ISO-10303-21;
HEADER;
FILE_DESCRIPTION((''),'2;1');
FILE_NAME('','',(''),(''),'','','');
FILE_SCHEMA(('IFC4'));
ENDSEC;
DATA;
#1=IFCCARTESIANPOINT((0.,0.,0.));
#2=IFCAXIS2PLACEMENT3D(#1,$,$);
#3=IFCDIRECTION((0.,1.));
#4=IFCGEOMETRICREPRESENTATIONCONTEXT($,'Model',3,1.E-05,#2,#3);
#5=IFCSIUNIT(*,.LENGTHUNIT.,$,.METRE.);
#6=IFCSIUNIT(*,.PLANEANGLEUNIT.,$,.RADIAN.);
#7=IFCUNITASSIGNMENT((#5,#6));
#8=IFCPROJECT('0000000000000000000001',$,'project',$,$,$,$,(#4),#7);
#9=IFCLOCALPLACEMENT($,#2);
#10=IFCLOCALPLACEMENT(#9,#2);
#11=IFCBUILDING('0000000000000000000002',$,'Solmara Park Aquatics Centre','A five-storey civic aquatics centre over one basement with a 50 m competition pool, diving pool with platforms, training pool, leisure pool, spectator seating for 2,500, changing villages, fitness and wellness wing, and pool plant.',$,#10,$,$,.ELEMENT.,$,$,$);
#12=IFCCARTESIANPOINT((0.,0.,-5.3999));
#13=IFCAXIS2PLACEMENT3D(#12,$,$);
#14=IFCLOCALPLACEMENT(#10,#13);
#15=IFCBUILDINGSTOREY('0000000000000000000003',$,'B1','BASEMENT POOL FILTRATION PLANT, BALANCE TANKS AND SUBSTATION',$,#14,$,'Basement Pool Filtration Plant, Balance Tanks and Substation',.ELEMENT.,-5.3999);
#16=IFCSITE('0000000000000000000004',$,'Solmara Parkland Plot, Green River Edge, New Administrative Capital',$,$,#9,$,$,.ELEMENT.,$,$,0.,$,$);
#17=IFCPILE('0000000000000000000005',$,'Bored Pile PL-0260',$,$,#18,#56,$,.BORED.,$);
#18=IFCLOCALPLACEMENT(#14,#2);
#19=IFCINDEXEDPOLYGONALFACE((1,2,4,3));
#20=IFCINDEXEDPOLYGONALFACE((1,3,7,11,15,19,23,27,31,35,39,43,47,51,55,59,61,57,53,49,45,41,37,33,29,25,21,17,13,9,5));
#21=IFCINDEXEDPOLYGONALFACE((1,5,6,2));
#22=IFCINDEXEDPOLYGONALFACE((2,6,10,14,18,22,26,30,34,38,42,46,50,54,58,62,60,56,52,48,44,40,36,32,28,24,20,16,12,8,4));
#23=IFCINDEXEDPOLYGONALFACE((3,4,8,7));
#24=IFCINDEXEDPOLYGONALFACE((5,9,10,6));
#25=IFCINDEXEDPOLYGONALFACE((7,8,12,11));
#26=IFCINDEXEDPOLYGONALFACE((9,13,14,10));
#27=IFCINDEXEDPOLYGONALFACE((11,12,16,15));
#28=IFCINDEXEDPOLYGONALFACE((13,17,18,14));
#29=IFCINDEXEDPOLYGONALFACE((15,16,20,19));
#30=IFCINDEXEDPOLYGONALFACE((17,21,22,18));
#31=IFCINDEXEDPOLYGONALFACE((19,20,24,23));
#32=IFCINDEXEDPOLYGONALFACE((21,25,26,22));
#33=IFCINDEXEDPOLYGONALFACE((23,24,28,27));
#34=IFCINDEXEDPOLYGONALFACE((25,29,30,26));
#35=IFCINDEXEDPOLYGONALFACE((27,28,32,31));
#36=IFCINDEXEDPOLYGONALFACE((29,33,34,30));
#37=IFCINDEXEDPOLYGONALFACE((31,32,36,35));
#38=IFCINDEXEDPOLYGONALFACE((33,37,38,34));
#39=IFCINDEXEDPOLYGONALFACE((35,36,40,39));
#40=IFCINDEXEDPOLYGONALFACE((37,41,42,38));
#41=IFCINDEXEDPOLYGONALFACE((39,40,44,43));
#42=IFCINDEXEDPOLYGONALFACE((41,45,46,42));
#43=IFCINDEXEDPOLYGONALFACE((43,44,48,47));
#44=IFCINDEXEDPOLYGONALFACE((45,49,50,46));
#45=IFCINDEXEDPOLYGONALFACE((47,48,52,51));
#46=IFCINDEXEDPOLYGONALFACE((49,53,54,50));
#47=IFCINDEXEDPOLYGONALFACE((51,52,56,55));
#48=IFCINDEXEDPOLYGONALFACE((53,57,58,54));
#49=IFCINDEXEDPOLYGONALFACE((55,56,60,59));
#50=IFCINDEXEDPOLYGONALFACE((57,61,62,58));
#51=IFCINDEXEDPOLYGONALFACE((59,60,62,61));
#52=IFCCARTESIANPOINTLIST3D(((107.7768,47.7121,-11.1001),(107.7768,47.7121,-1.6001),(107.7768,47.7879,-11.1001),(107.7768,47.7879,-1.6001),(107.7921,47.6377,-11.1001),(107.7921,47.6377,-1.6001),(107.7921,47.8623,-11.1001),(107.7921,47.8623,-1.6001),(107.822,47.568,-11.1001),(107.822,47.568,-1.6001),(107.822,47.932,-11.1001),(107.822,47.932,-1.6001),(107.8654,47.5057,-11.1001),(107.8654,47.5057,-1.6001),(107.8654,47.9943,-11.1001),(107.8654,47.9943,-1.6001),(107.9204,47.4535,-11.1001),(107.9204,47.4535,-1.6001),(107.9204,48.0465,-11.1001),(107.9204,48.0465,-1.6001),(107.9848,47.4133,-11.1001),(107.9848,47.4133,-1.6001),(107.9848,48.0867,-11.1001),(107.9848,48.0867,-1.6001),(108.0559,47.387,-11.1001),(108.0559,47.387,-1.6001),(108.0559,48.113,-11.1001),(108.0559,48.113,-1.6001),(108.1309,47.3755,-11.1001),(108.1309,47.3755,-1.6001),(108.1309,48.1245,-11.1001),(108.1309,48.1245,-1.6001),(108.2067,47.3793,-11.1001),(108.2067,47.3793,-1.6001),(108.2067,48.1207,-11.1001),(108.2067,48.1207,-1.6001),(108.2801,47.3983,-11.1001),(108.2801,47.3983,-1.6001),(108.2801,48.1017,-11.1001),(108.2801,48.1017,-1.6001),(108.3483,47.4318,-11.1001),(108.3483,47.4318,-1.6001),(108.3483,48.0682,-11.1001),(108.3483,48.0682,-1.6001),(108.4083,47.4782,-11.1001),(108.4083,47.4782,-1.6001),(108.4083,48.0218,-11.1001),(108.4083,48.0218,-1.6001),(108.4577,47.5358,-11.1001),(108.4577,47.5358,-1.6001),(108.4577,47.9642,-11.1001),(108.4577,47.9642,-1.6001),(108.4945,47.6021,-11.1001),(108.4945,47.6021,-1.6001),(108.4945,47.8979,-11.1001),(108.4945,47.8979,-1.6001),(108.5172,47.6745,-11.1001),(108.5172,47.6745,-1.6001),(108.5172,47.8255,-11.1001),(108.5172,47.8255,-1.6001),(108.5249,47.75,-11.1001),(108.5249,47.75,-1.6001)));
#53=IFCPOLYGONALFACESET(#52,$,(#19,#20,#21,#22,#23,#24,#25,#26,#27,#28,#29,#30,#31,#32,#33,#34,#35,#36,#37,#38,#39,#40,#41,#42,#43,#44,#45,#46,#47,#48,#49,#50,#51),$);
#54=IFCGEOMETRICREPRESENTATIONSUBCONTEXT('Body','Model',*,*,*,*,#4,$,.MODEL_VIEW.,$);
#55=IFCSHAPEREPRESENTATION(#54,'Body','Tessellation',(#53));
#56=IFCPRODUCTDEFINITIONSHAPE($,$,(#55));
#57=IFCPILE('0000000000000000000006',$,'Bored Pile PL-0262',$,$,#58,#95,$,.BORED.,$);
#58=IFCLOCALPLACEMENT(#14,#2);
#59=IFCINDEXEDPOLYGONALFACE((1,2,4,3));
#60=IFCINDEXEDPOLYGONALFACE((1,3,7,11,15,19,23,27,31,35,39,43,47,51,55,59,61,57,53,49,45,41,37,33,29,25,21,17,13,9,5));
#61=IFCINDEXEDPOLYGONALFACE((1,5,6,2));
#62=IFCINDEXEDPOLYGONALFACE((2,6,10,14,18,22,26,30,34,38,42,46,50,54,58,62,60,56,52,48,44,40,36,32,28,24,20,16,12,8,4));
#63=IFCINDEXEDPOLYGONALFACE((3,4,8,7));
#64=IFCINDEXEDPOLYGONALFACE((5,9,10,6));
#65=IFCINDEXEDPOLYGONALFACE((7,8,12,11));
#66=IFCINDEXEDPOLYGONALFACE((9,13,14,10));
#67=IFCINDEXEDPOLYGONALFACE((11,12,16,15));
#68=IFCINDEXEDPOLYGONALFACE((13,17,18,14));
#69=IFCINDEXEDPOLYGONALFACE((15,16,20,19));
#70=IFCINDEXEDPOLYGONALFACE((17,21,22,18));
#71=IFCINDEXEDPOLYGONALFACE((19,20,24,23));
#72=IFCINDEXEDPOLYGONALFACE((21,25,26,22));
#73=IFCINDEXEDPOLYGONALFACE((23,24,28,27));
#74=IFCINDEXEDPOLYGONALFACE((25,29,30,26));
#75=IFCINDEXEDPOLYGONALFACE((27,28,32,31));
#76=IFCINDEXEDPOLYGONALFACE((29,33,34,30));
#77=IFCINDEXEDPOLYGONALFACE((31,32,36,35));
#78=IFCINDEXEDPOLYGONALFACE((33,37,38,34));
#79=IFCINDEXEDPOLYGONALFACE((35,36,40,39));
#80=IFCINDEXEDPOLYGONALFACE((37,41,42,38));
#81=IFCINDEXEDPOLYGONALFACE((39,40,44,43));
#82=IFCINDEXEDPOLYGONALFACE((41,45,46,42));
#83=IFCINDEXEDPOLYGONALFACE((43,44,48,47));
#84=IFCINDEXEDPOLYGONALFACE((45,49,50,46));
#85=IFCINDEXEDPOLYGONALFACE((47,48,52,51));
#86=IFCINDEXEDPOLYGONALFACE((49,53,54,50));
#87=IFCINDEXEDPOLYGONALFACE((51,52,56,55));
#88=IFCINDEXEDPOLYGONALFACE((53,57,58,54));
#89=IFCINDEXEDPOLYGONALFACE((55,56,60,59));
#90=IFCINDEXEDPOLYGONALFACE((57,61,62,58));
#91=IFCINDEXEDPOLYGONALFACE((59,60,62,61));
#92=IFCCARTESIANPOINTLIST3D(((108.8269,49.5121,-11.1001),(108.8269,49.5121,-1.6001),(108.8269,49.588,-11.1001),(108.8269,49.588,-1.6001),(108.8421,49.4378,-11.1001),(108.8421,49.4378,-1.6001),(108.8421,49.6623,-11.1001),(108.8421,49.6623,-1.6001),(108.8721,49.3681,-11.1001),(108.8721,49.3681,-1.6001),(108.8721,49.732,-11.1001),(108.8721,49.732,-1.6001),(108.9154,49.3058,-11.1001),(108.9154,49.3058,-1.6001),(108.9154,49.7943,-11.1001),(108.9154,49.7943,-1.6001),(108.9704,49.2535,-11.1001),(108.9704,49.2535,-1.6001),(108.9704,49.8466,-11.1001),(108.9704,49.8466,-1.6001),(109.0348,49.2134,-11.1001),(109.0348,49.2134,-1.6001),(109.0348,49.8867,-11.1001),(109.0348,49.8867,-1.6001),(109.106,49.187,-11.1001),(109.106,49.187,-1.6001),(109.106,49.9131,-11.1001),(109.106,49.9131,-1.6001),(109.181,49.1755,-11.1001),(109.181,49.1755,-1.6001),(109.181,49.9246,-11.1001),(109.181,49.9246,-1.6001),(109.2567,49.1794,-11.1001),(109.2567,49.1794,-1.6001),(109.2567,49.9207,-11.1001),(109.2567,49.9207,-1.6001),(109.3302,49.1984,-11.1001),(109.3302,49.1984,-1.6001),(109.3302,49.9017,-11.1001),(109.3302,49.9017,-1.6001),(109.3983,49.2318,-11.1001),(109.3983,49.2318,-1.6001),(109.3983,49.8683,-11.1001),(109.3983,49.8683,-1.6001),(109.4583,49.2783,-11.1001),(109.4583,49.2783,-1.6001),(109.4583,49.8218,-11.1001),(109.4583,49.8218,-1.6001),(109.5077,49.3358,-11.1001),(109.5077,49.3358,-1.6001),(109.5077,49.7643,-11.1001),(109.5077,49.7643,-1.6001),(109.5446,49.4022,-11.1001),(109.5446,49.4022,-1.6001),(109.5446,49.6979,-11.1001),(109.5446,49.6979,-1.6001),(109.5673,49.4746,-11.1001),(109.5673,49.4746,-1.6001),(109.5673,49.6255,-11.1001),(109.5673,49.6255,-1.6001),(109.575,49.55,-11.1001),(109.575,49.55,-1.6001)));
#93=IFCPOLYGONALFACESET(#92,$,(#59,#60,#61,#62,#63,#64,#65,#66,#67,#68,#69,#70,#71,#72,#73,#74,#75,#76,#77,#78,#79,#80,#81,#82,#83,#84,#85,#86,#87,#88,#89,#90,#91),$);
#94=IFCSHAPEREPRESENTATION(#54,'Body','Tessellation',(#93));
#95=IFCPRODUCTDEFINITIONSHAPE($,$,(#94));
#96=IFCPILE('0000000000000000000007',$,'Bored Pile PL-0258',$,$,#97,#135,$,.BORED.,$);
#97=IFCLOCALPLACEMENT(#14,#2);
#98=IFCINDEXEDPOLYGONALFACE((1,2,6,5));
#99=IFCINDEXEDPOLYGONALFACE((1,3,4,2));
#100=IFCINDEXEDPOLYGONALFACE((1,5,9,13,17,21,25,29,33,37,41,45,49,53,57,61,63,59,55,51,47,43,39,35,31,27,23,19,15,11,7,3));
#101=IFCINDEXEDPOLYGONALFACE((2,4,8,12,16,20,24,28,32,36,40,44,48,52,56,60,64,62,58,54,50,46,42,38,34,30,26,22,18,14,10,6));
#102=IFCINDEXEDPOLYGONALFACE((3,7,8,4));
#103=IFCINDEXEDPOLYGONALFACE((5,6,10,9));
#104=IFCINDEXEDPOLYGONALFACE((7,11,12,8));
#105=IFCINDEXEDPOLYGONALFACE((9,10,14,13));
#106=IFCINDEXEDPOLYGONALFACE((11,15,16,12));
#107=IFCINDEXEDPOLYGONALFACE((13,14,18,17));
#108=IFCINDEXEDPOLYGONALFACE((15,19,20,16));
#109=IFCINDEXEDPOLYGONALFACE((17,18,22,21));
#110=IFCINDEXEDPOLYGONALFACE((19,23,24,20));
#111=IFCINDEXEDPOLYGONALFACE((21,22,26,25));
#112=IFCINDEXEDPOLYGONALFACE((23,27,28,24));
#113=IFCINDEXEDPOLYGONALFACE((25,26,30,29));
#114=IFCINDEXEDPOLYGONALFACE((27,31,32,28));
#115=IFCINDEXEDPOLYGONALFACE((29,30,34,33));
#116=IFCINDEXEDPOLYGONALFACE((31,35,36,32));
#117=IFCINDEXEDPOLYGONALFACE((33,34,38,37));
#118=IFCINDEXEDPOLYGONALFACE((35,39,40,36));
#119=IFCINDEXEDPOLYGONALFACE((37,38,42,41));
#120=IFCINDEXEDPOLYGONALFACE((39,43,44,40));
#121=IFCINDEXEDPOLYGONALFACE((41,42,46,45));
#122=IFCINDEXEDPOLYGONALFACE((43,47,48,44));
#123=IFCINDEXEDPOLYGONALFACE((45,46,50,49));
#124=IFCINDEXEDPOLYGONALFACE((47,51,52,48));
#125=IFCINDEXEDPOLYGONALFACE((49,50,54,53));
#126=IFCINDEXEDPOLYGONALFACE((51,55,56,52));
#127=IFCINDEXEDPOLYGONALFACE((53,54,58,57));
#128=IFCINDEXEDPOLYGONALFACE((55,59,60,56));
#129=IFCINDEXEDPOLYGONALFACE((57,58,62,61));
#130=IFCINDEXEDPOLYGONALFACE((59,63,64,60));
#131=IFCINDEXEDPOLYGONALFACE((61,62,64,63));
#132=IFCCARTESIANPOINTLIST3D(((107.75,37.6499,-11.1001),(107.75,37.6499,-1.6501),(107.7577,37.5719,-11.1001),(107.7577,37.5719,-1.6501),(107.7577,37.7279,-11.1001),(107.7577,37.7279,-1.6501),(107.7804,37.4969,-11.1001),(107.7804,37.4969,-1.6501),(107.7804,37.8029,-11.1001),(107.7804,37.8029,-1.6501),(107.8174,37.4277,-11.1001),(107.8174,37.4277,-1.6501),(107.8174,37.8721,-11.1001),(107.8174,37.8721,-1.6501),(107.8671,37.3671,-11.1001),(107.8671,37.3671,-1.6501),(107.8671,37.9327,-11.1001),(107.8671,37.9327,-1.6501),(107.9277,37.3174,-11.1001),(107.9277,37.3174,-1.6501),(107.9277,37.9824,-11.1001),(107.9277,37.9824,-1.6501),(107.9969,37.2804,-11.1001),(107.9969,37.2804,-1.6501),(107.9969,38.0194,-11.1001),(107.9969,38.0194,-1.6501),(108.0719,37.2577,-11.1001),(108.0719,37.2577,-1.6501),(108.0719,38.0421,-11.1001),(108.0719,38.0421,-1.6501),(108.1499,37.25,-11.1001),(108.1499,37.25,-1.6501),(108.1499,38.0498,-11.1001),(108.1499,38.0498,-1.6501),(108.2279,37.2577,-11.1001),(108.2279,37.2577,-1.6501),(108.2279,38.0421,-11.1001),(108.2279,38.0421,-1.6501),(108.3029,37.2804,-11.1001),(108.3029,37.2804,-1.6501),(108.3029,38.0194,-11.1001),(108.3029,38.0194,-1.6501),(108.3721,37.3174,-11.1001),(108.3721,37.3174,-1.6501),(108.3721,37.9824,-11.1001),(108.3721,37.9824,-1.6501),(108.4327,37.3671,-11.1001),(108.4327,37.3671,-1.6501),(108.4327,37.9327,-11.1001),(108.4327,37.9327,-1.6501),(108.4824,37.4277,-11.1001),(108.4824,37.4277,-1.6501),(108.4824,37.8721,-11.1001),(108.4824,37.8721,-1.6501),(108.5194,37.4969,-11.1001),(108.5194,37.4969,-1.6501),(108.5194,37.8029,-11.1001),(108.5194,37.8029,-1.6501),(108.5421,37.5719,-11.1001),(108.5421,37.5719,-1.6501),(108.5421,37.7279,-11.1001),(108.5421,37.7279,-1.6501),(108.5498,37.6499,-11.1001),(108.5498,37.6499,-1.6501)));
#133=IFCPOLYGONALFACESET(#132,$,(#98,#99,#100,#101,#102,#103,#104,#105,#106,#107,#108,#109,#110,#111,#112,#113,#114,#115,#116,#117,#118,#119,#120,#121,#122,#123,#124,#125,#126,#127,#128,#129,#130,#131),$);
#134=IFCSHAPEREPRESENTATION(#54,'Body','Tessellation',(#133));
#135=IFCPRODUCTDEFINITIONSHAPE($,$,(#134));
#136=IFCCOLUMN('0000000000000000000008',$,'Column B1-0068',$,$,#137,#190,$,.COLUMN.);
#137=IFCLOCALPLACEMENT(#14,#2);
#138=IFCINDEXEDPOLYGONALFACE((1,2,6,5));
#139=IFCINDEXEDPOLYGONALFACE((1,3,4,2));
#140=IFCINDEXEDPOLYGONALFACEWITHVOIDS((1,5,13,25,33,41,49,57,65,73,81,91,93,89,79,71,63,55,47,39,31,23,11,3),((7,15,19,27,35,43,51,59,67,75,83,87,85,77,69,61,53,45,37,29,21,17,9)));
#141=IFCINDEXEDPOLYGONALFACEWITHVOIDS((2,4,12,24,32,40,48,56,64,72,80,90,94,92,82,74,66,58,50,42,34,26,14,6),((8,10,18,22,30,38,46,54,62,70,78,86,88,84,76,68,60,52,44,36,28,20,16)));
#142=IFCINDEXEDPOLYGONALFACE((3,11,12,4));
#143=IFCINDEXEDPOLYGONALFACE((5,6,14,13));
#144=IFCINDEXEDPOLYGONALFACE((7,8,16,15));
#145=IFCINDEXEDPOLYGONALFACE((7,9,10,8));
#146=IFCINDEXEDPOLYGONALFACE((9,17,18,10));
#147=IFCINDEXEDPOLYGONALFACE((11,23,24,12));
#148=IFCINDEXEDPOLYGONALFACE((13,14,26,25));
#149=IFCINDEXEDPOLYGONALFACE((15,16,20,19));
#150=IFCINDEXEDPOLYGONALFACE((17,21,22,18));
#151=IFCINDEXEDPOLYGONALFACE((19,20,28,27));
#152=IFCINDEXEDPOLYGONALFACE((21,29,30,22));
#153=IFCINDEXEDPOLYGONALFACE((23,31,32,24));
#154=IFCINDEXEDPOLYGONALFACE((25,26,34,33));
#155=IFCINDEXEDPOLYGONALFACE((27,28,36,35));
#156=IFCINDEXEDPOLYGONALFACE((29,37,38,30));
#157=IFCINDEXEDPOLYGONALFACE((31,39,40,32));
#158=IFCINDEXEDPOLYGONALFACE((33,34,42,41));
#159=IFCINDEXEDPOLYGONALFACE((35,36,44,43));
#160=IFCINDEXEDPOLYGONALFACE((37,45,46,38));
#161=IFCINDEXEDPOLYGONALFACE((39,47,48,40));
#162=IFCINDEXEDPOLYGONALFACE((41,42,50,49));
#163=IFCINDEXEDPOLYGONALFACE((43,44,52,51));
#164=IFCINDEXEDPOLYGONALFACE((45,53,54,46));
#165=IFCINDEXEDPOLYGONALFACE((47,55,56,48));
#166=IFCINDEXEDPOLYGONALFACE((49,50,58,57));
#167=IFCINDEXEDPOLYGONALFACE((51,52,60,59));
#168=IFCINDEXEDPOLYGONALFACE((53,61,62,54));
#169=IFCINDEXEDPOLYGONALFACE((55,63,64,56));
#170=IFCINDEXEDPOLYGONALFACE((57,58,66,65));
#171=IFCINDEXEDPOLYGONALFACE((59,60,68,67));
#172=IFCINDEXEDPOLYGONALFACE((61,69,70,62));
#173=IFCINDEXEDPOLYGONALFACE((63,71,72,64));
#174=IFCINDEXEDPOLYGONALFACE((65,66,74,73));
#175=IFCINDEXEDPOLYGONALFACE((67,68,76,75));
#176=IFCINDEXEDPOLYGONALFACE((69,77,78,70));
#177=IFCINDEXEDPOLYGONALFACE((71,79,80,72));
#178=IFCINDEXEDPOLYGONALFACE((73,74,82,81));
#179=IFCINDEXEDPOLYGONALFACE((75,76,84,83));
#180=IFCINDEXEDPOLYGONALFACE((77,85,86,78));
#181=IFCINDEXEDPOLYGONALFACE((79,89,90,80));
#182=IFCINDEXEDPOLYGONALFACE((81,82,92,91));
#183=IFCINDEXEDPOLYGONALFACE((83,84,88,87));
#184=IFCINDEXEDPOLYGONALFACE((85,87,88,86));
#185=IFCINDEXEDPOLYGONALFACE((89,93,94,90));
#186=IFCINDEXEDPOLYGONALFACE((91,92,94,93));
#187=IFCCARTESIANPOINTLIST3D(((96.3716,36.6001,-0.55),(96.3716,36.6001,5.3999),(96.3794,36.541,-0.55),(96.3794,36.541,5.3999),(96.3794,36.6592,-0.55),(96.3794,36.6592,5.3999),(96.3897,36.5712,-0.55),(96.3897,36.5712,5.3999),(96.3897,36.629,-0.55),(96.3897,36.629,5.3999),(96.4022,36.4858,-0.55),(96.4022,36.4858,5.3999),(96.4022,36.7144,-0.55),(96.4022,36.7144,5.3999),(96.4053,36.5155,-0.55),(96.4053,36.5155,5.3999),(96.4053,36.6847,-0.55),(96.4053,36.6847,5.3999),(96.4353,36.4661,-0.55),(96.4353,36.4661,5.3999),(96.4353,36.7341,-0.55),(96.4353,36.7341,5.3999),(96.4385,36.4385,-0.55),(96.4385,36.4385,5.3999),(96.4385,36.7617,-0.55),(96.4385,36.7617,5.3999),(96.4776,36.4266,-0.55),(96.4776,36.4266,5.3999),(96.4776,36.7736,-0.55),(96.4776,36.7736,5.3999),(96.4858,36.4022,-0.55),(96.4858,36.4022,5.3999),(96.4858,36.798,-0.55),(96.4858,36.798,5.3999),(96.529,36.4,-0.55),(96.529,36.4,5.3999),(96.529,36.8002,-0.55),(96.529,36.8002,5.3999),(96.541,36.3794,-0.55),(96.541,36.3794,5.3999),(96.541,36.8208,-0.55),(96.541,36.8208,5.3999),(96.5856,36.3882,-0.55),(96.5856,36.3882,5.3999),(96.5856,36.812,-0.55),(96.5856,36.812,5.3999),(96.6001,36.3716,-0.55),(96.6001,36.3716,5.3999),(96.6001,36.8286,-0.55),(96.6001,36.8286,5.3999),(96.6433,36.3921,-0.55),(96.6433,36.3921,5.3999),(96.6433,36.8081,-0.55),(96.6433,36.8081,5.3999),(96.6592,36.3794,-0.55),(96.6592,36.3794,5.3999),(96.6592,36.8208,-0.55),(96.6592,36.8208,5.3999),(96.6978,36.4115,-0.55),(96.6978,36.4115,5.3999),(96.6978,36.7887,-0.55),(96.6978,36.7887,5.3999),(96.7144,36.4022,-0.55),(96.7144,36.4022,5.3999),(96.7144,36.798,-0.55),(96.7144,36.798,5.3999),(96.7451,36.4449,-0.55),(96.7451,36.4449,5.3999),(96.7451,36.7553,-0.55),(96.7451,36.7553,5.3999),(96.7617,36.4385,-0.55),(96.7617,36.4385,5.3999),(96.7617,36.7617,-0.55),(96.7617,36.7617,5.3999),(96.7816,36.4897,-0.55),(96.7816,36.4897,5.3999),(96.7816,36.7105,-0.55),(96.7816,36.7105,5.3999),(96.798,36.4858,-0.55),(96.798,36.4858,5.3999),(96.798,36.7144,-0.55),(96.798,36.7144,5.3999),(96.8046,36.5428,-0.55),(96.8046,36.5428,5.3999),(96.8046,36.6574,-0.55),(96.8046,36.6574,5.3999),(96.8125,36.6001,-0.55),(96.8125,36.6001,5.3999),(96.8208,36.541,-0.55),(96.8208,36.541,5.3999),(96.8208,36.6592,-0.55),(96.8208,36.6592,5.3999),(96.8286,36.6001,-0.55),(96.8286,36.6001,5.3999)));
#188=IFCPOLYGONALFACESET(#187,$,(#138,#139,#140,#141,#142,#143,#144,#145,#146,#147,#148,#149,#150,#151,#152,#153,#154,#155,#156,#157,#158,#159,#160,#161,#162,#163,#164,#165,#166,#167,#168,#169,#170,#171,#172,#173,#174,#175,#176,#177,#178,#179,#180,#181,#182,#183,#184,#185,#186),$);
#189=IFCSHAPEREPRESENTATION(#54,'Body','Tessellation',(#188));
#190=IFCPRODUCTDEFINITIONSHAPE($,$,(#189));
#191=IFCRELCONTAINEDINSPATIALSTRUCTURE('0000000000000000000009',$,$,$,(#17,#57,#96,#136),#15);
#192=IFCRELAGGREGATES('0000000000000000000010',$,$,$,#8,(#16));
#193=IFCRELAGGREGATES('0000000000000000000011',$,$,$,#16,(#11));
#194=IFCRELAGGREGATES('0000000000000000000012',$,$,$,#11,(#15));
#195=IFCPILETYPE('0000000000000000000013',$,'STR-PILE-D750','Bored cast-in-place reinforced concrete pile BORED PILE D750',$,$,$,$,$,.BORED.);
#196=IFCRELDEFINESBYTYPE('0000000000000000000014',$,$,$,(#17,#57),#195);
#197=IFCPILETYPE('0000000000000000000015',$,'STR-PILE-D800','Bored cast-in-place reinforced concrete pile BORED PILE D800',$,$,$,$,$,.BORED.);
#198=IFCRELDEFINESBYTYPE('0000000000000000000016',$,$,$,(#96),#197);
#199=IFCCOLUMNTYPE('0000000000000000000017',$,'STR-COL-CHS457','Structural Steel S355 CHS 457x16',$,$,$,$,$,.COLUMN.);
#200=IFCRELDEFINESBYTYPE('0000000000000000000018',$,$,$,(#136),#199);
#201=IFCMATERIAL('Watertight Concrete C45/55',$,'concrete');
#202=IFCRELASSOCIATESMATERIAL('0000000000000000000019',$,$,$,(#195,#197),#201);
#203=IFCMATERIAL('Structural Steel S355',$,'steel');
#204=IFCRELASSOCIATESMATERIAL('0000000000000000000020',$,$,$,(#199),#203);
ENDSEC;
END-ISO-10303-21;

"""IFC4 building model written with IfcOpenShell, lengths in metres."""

from ifc_helpers import new_model, si_unit, direction, frame, origin, origin_2d, place, context, subcontext, project, spatial, circle, hollow_circle, extrude, material, material_profile, profile_set, type_object, element, save


model = new_model("IFC4")

# Units and contexts
model_context = context("Model", 3, precision=1e-05, world=origin(), true_north=direction((0.0, 1.0)))
body_context = subcontext(model_context, "Body", "Model", "MODEL_VIEW")
ifc_project = project(units=[si_unit("LENGTHUNIT", "METRE"), si_unit("PLANEANGLEUNIT", "RADIAN")], contexts=[model_context])

# Site, building, storey
site_placement = place(None, origin())
site = spatial("IfcSite", under=ifc_project, at=site_placement, Name="Solmara Parkland Plot, Green River Edge, New Administrative Capital", CompositionType="ELEMENT", RefElevation=0.0)
building_placement = place(site_placement, origin())
building = spatial("IfcBuilding", under=site, at=building_placement, Name="Solmara Park Aquatics Centre", Description="A five-storey civic aquatics centre over one basement with a 50 m competition pool, diving pool with platforms, training pool, leisure pool, spectator seating for 2,500, changing villages, fitness and wellness wing, and pool plant.", CompositionType="ELEMENT")
storey_placement = place(building_placement, frame((0.0, 0.0, -5.3999)))
storey = spatial("IfcBuildingStorey", under=building, at=storey_placement, Name="B1", Description="BASEMENT POOL FILTRATION PLANT, BALANCE TANKS AND SUBSTATION", LongName="Basement Pool Filtration Plant, Balance Tanks and Substation", CompositionType="ELEMENT", Elevation=-5.3999)

# Shared definitions
ifc_material_1 = material(Name="Watertight Concrete C45/55", Category="concrete")

# Piles
ifc_material_profile_1 = material_profile(ifc_material_1, circle(Radius=0.375, at=origin_2d()), Name="BORED PILE D750")
ifc_profile_set_1 = profile_set([ifc_material_profile_1], Name="Watertight Concrete C45/55")
pile_type_1 = type_object("IfcPileType", Name="STR-PILE-D750", Description="Bored cast-in-place reinforced concrete pile BORED PILE D750", PredefinedType="BORED", material=ifc_profile_set_1)
for number, where, z_axis, x_axis, name in (
    (1, (108.1499, 47.75, -1.6001), (0.0, 0.0, -1.0), (1.0, 0.0, 0.0), "Bored Pile PL-0260"),
    (2, (109.2, 49.55, -1.6001), (0.0, 0.0, -1.0), (1.0, 0.0, 0.0), "Bored Pile PL-0262"),
):
    element("IfcPile", number, at=place(storey_placement, frame(where, z_axis=z_axis, x_axis=x_axis)), inside=storey, type_object=pile_type_1, Name=name, PredefinedType="BORED", context=body_context, shape_type="SweptSolid", body=[
        extrude(circle(Radius=0.375, at=origin_2d()), origin(), (0.0, 0.0, 1.0), 9.5),
    ])
ifc_material_profile_2 = material_profile(ifc_material_1, circle(Radius=0.3999, at=origin_2d()), Name="BORED PILE D800")
ifc_profile_set_2 = profile_set([ifc_material_profile_2], Name="Watertight Concrete C45/55")
pile_type_2 = type_object("IfcPileType", Name="STR-PILE-D800", Description="Bored cast-in-place reinforced concrete pile BORED PILE D800", PredefinedType="BORED", material=ifc_profile_set_2)
pile_placement = place(storey_placement, frame((108.1499, 37.6499, -1.6501), z_axis=(0.0, 0.0, -1.0), x_axis=(1.0, 0.0, 0.0)))
element("IfcPile", 3, at=pile_placement, inside=storey, type_object=pile_type_2, Name="Bored Pile PL-0258", PredefinedType="BORED", context=body_context, shape_type="SweptSolid", body=[
    extrude(circle(Radius=0.3999, at=origin_2d()), origin(), (0.0, 0.0, 1.0), 9.45),
])

# Column
ifc_material_2 = material(Name="Structural Steel S355", Category="steel")
ifc_material_profile_3 = material_profile(ifc_material_2, hollow_circle(Radius=0.2285, WallThickness=0.0161, at=origin_2d()), Name="CHS 457x16")
ifc_profile_set_3 = profile_set([ifc_material_profile_3], Name="Structural Steel S355")
column_type_1 = type_object("IfcColumnType", Name="STR-COL-CHS457", Description="Structural Steel S355 CHS 457x16", PredefinedType="COLUMN", material=ifc_profile_set_3)
column_1_placement = place(storey_placement, frame((96.6001, 36.6001, -0.55), z_axis=(0.0, 0.0, 1.0), x_axis=(1.0, 0.0, 0.0)))
element("IfcColumn", 4, at=column_1_placement, inside=storey, type_object=column_type_1, Name="Column B1-0068", PredefinedType="COLUMN", context=body_context, shape_type="SweptSolid", body=[
    extrude(hollow_circle(Radius=0.2285, WallThickness=0.0161, at=origin_2d()), origin(), (0.0, 0.0, 1.0), 5.95),
])

save(model, "model.ifc")
